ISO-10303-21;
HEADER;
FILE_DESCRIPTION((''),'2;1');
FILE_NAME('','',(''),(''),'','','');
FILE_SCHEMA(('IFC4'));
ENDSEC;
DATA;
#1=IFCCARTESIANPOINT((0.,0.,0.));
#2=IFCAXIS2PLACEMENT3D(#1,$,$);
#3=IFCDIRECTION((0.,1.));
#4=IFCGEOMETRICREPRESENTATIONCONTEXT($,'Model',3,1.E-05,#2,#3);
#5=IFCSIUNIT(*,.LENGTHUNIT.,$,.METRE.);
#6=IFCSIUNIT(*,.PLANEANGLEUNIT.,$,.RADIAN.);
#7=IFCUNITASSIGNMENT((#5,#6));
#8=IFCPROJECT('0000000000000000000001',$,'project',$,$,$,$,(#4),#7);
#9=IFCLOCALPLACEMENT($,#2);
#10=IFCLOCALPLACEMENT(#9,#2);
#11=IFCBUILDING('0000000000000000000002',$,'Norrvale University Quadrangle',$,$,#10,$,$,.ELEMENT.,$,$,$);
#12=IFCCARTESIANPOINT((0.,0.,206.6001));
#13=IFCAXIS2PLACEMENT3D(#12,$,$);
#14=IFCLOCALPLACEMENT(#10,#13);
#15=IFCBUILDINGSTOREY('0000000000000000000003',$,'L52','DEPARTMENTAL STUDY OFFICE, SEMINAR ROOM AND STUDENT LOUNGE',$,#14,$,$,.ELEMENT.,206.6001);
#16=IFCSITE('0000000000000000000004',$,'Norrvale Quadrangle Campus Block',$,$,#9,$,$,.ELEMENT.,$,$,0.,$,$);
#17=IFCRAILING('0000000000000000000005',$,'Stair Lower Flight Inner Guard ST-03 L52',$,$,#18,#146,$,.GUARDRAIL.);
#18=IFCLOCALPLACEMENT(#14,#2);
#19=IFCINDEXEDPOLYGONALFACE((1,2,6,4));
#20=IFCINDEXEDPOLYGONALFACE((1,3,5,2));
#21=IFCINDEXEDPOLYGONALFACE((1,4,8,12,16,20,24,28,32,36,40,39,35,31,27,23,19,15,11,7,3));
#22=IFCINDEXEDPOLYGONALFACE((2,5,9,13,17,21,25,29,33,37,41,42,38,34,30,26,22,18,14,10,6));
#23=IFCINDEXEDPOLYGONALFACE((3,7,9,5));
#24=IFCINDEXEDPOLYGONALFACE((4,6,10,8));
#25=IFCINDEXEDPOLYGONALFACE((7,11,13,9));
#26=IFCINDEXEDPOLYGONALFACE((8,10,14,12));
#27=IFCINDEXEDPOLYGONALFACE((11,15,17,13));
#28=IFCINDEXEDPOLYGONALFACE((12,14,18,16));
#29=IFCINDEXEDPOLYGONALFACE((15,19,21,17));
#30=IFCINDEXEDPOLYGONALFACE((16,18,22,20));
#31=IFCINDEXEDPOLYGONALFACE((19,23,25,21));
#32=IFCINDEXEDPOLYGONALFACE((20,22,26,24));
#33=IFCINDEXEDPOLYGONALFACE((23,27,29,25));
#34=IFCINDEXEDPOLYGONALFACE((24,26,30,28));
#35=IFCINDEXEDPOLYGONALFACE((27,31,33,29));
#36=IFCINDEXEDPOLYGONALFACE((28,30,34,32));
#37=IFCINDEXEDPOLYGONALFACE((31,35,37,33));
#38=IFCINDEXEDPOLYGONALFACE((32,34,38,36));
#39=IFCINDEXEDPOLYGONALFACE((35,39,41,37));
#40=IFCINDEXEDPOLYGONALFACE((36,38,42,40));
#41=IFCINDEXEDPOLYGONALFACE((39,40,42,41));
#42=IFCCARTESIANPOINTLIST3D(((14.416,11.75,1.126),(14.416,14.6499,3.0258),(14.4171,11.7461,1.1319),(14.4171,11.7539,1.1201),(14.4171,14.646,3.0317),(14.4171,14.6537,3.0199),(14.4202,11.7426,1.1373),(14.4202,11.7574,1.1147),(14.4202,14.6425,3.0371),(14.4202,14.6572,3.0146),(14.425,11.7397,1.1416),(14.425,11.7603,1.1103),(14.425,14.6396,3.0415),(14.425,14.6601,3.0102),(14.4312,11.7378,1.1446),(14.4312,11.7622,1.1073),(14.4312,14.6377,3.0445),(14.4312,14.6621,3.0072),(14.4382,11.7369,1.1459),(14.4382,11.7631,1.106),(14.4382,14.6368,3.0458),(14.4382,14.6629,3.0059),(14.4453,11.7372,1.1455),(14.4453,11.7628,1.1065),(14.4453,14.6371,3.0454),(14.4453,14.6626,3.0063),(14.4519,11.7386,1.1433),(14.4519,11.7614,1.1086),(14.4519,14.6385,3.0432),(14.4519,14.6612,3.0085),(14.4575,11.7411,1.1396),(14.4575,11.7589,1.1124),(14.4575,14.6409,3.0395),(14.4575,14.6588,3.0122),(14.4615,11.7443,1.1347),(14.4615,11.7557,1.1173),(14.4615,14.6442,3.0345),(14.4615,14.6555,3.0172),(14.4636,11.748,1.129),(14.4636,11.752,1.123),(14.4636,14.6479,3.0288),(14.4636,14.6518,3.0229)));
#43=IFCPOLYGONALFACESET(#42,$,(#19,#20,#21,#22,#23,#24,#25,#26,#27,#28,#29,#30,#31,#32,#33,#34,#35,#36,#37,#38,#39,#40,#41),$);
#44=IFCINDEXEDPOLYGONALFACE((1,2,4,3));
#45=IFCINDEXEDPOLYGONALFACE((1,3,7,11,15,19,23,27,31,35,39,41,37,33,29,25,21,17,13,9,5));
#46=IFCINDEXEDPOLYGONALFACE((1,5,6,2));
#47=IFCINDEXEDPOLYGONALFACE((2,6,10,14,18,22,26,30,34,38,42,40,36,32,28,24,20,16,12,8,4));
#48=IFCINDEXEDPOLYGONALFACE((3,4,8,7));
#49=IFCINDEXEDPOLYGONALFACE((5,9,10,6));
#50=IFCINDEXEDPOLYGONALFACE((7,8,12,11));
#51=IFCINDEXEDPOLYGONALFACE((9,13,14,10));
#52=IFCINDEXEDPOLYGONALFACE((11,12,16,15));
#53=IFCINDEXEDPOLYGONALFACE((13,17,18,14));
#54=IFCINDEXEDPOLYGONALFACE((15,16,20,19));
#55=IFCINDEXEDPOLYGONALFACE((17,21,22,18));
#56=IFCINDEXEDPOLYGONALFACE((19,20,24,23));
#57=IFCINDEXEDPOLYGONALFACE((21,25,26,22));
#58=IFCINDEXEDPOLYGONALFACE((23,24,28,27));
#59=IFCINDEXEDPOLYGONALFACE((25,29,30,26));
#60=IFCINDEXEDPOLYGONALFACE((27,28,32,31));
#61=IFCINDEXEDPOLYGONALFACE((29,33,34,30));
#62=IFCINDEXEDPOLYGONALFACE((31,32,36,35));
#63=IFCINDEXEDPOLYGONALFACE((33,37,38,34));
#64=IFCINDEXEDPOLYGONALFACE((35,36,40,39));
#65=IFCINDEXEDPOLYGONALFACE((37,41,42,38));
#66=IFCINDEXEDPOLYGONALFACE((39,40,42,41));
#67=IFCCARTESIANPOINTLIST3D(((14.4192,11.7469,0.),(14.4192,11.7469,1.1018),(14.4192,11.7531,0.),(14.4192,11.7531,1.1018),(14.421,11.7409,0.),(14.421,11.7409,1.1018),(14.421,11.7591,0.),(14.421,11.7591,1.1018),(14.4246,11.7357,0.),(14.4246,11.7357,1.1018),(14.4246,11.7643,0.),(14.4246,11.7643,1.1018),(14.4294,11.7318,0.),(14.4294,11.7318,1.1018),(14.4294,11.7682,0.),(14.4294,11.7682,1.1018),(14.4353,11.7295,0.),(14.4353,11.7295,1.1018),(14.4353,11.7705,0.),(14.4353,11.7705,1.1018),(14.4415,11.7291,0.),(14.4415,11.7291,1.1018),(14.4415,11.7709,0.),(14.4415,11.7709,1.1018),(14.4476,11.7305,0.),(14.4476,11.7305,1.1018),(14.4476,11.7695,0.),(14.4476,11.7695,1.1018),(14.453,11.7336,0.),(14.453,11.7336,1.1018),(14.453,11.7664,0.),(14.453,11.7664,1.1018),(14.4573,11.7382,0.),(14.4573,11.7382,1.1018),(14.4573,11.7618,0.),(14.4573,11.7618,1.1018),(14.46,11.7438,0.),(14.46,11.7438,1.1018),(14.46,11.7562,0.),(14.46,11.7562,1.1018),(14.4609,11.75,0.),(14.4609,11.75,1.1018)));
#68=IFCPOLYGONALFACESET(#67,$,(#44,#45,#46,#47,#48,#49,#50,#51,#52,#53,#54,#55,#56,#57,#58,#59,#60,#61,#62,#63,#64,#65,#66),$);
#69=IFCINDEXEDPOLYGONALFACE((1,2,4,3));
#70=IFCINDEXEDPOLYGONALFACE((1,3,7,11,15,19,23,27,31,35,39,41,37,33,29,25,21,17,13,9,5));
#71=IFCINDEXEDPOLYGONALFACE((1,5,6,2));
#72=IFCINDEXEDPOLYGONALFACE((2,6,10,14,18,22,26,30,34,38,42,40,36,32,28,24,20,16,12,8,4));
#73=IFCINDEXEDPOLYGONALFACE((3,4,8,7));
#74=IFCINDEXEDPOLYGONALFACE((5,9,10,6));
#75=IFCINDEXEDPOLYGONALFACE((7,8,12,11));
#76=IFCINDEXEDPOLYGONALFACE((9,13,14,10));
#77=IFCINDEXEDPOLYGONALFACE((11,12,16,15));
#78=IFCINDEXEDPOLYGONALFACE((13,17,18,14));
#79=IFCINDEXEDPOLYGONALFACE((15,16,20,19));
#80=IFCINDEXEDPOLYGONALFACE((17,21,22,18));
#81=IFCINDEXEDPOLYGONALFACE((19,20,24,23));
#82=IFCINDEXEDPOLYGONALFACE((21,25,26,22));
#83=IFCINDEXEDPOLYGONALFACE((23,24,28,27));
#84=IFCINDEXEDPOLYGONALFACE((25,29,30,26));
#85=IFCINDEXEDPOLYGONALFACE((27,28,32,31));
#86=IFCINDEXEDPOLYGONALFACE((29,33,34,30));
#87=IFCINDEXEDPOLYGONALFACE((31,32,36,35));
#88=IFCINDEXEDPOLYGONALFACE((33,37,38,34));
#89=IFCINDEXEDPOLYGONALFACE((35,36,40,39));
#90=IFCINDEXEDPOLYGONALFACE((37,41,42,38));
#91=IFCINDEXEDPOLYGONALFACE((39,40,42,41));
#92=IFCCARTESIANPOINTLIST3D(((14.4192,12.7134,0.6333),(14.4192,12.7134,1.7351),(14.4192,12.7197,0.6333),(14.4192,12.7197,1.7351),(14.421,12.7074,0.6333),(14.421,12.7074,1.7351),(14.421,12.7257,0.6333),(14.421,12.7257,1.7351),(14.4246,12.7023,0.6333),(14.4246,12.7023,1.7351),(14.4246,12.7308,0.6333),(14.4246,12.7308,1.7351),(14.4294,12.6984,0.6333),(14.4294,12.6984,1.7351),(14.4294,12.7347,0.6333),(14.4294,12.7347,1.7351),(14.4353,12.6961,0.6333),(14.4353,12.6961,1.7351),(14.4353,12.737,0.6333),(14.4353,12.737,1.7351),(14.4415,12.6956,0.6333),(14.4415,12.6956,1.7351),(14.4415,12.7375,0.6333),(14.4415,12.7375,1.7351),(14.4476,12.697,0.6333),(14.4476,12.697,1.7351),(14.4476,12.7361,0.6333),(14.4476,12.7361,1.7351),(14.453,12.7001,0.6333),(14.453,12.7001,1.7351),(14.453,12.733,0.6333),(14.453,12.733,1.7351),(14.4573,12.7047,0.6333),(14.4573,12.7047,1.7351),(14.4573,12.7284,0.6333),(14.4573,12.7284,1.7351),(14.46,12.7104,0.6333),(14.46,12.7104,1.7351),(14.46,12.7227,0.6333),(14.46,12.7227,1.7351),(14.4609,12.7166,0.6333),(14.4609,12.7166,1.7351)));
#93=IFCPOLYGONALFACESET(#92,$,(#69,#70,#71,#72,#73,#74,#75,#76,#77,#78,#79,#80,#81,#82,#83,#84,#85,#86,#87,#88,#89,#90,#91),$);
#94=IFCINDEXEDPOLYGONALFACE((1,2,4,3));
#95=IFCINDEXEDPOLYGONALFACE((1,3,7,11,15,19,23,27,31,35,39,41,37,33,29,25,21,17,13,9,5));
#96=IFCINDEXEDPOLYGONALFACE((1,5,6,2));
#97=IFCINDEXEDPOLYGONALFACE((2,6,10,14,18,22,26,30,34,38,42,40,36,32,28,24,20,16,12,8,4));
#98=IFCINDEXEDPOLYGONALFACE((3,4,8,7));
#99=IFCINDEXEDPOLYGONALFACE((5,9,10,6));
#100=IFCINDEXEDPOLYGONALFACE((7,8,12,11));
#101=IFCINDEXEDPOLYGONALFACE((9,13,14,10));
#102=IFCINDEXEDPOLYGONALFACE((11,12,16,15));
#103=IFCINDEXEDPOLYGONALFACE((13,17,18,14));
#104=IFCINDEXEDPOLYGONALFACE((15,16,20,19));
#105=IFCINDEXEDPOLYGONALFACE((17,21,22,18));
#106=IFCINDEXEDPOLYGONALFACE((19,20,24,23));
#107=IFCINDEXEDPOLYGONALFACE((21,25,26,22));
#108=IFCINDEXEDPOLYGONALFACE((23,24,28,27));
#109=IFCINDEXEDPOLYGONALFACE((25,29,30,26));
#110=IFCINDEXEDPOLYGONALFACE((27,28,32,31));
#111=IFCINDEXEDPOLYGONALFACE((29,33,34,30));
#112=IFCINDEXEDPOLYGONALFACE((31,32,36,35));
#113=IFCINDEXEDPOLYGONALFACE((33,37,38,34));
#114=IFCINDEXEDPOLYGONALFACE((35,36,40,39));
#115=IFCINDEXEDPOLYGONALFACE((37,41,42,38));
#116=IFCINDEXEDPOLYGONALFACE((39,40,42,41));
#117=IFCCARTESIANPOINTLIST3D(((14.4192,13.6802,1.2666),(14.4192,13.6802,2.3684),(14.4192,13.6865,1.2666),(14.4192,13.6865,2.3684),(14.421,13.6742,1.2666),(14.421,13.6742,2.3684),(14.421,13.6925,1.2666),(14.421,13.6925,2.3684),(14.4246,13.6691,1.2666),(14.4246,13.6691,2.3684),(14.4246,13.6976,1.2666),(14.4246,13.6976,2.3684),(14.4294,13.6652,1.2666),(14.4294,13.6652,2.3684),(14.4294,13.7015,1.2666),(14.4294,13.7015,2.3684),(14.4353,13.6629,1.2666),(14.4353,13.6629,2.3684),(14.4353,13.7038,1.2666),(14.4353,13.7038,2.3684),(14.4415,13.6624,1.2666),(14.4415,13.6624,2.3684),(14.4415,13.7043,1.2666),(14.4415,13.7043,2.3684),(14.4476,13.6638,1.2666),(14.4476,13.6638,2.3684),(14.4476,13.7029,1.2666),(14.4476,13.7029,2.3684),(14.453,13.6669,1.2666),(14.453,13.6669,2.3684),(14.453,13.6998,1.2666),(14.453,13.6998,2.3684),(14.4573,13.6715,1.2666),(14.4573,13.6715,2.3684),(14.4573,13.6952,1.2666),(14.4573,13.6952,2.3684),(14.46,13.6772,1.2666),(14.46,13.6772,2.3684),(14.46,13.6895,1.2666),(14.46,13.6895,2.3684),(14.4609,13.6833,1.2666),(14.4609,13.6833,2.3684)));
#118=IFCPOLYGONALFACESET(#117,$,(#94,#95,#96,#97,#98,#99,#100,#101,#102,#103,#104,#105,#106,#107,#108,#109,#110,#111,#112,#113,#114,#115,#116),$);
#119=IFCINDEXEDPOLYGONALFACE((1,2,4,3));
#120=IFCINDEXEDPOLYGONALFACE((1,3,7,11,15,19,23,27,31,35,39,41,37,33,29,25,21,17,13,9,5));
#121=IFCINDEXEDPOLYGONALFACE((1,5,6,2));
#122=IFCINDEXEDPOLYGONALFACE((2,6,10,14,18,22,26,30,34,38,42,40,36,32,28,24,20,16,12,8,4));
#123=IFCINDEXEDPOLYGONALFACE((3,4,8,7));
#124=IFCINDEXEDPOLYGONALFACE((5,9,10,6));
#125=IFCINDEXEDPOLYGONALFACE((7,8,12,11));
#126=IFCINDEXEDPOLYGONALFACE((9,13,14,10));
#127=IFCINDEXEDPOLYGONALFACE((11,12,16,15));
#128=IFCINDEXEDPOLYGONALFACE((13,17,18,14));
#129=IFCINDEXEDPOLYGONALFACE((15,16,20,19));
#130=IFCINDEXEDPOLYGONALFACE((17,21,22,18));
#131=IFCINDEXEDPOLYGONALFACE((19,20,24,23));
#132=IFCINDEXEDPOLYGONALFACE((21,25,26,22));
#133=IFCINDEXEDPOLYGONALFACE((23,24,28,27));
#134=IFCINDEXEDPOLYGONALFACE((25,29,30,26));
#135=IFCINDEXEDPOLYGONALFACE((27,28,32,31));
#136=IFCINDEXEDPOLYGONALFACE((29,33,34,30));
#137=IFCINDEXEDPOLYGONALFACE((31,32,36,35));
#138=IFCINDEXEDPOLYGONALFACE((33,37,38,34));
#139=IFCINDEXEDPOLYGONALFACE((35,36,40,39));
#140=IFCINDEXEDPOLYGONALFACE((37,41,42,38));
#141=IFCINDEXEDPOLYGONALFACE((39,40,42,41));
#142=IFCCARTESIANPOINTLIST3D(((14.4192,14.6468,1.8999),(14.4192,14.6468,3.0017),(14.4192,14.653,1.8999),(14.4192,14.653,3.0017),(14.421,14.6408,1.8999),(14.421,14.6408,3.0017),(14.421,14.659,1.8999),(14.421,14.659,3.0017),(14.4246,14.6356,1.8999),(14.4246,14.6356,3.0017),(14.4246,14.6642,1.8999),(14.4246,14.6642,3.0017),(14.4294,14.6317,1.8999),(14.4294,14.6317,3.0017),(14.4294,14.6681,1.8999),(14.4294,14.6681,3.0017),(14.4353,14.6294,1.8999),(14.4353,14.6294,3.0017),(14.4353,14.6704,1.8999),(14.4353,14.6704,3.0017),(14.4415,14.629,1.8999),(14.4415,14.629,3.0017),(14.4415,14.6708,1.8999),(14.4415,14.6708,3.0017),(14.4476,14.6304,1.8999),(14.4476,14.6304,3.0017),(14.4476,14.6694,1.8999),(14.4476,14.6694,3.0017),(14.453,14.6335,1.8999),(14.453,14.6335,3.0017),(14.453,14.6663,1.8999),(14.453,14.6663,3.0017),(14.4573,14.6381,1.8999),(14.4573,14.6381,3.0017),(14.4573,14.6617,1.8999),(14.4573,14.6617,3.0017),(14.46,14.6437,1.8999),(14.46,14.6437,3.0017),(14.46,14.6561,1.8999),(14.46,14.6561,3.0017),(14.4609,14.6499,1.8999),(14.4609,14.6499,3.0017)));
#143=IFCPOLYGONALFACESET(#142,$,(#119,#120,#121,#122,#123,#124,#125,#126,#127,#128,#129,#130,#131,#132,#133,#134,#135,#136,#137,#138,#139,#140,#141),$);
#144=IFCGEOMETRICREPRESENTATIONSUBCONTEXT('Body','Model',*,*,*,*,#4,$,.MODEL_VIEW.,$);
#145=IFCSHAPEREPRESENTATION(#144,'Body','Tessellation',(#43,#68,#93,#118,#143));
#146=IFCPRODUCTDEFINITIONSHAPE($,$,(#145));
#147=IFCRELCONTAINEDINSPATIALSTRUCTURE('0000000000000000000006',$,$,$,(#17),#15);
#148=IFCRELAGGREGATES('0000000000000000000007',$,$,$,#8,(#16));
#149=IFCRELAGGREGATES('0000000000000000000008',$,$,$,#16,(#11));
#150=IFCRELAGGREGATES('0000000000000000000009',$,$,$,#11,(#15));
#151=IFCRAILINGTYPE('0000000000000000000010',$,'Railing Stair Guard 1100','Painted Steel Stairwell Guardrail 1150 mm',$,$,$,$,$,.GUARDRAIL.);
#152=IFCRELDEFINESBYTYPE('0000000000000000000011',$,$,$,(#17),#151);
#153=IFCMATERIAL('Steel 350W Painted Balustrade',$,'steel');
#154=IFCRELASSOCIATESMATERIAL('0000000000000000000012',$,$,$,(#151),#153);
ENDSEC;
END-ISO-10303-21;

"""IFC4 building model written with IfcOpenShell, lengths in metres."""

from ifc_helpers import new_model, si_unit, direction, frame, origin, origin_2d, place, context, subcontext, project, spatial, circle, extrude, material, type_object, element, save


model = new_model("IFC4")

# Units and contexts
model_context = context("Model", 3, precision=1e-05, world=origin(), true_north=direction((0.0, 1.0)))
body_context = subcontext(model_context, "Body", "Model", "MODEL_VIEW")
ifc_project = project(units=[si_unit("LENGTHUNIT", "METRE"), si_unit("PLANEANGLEUNIT", "RADIAN")], contexts=[model_context])

# Site, building, storey
site_placement = place(None, origin())
site = spatial("IfcSite", under=ifc_project, at=site_placement, Name="Norrvale Quadrangle Campus Block", CompositionType="ELEMENT", RefElevation=0.0)
building_placement = place(site_placement, origin())
building = spatial("IfcBuilding", under=site, at=building_placement, Name="Norrvale University Quadrangle", CompositionType="ELEMENT")
storey_placement = place(building_placement, frame((0.0, 0.0, 206.6001)))
storey = spatial("IfcBuildingStorey", under=building, at=storey_placement, Name="L52", Description="DEPARTMENTAL STUDY OFFICE, SEMINAR ROOM AND STUDENT LOUNGE", CompositionType="ELEMENT", Elevation=206.6001)

# Railing
ifc_material_1 = material(Name="Steel 350W Painted Balustrade", Category="steel")
railing_type_1 = type_object("IfcRailingType", Name="Railing Stair Guard 1100", Description="Painted Steel Stairwell Guardrail 1150 mm", PredefinedType="GUARDRAIL", material=ifc_material_1)
railing_1_placement = place(storey_placement, frame((14.4399, 11.75, 0.0)))
element("IfcRailing", 1, at=railing_1_placement, inside=storey, type_object=railing_type_1, Name="Stair Lower Flight Inner Guard ST-03 L52", PredefinedType="GUARDRAIL", context=body_context, shape_type="SweptSolid", body=[
    extrude(circle(Radius=0.0239, at=origin_2d()), frame((0.0, 0.0, 1.126), z_axis=(0.0, 0.836466, 0.548019), x_axis=(-1.0, 0.0, 0.0)), (0.0, 0.0, 1.0), 3.4668),
    extrude(circle(Radius=0.021, at=origin_2d()), origin(), (0.0, 0.0, 1.0), 1.1018),
    extrude(circle(Radius=0.021, at=origin_2d()), frame((0.0, 0.9666, 0.6333)), (0.0, 0.0, 1.0), 1.1018),
    extrude(circle(Radius=0.021, at=origin_2d()), frame((0.0, 1.9333, 1.2666)), (0.0, 0.0, 1.0), 1.1018),
    extrude(circle(Radius=0.021, at=origin_2d()), frame((0.0, 2.8999, 1.8999)), (0.0, 0.0, 1.0), 1.1018),
])

save(model, "model.ifc")
